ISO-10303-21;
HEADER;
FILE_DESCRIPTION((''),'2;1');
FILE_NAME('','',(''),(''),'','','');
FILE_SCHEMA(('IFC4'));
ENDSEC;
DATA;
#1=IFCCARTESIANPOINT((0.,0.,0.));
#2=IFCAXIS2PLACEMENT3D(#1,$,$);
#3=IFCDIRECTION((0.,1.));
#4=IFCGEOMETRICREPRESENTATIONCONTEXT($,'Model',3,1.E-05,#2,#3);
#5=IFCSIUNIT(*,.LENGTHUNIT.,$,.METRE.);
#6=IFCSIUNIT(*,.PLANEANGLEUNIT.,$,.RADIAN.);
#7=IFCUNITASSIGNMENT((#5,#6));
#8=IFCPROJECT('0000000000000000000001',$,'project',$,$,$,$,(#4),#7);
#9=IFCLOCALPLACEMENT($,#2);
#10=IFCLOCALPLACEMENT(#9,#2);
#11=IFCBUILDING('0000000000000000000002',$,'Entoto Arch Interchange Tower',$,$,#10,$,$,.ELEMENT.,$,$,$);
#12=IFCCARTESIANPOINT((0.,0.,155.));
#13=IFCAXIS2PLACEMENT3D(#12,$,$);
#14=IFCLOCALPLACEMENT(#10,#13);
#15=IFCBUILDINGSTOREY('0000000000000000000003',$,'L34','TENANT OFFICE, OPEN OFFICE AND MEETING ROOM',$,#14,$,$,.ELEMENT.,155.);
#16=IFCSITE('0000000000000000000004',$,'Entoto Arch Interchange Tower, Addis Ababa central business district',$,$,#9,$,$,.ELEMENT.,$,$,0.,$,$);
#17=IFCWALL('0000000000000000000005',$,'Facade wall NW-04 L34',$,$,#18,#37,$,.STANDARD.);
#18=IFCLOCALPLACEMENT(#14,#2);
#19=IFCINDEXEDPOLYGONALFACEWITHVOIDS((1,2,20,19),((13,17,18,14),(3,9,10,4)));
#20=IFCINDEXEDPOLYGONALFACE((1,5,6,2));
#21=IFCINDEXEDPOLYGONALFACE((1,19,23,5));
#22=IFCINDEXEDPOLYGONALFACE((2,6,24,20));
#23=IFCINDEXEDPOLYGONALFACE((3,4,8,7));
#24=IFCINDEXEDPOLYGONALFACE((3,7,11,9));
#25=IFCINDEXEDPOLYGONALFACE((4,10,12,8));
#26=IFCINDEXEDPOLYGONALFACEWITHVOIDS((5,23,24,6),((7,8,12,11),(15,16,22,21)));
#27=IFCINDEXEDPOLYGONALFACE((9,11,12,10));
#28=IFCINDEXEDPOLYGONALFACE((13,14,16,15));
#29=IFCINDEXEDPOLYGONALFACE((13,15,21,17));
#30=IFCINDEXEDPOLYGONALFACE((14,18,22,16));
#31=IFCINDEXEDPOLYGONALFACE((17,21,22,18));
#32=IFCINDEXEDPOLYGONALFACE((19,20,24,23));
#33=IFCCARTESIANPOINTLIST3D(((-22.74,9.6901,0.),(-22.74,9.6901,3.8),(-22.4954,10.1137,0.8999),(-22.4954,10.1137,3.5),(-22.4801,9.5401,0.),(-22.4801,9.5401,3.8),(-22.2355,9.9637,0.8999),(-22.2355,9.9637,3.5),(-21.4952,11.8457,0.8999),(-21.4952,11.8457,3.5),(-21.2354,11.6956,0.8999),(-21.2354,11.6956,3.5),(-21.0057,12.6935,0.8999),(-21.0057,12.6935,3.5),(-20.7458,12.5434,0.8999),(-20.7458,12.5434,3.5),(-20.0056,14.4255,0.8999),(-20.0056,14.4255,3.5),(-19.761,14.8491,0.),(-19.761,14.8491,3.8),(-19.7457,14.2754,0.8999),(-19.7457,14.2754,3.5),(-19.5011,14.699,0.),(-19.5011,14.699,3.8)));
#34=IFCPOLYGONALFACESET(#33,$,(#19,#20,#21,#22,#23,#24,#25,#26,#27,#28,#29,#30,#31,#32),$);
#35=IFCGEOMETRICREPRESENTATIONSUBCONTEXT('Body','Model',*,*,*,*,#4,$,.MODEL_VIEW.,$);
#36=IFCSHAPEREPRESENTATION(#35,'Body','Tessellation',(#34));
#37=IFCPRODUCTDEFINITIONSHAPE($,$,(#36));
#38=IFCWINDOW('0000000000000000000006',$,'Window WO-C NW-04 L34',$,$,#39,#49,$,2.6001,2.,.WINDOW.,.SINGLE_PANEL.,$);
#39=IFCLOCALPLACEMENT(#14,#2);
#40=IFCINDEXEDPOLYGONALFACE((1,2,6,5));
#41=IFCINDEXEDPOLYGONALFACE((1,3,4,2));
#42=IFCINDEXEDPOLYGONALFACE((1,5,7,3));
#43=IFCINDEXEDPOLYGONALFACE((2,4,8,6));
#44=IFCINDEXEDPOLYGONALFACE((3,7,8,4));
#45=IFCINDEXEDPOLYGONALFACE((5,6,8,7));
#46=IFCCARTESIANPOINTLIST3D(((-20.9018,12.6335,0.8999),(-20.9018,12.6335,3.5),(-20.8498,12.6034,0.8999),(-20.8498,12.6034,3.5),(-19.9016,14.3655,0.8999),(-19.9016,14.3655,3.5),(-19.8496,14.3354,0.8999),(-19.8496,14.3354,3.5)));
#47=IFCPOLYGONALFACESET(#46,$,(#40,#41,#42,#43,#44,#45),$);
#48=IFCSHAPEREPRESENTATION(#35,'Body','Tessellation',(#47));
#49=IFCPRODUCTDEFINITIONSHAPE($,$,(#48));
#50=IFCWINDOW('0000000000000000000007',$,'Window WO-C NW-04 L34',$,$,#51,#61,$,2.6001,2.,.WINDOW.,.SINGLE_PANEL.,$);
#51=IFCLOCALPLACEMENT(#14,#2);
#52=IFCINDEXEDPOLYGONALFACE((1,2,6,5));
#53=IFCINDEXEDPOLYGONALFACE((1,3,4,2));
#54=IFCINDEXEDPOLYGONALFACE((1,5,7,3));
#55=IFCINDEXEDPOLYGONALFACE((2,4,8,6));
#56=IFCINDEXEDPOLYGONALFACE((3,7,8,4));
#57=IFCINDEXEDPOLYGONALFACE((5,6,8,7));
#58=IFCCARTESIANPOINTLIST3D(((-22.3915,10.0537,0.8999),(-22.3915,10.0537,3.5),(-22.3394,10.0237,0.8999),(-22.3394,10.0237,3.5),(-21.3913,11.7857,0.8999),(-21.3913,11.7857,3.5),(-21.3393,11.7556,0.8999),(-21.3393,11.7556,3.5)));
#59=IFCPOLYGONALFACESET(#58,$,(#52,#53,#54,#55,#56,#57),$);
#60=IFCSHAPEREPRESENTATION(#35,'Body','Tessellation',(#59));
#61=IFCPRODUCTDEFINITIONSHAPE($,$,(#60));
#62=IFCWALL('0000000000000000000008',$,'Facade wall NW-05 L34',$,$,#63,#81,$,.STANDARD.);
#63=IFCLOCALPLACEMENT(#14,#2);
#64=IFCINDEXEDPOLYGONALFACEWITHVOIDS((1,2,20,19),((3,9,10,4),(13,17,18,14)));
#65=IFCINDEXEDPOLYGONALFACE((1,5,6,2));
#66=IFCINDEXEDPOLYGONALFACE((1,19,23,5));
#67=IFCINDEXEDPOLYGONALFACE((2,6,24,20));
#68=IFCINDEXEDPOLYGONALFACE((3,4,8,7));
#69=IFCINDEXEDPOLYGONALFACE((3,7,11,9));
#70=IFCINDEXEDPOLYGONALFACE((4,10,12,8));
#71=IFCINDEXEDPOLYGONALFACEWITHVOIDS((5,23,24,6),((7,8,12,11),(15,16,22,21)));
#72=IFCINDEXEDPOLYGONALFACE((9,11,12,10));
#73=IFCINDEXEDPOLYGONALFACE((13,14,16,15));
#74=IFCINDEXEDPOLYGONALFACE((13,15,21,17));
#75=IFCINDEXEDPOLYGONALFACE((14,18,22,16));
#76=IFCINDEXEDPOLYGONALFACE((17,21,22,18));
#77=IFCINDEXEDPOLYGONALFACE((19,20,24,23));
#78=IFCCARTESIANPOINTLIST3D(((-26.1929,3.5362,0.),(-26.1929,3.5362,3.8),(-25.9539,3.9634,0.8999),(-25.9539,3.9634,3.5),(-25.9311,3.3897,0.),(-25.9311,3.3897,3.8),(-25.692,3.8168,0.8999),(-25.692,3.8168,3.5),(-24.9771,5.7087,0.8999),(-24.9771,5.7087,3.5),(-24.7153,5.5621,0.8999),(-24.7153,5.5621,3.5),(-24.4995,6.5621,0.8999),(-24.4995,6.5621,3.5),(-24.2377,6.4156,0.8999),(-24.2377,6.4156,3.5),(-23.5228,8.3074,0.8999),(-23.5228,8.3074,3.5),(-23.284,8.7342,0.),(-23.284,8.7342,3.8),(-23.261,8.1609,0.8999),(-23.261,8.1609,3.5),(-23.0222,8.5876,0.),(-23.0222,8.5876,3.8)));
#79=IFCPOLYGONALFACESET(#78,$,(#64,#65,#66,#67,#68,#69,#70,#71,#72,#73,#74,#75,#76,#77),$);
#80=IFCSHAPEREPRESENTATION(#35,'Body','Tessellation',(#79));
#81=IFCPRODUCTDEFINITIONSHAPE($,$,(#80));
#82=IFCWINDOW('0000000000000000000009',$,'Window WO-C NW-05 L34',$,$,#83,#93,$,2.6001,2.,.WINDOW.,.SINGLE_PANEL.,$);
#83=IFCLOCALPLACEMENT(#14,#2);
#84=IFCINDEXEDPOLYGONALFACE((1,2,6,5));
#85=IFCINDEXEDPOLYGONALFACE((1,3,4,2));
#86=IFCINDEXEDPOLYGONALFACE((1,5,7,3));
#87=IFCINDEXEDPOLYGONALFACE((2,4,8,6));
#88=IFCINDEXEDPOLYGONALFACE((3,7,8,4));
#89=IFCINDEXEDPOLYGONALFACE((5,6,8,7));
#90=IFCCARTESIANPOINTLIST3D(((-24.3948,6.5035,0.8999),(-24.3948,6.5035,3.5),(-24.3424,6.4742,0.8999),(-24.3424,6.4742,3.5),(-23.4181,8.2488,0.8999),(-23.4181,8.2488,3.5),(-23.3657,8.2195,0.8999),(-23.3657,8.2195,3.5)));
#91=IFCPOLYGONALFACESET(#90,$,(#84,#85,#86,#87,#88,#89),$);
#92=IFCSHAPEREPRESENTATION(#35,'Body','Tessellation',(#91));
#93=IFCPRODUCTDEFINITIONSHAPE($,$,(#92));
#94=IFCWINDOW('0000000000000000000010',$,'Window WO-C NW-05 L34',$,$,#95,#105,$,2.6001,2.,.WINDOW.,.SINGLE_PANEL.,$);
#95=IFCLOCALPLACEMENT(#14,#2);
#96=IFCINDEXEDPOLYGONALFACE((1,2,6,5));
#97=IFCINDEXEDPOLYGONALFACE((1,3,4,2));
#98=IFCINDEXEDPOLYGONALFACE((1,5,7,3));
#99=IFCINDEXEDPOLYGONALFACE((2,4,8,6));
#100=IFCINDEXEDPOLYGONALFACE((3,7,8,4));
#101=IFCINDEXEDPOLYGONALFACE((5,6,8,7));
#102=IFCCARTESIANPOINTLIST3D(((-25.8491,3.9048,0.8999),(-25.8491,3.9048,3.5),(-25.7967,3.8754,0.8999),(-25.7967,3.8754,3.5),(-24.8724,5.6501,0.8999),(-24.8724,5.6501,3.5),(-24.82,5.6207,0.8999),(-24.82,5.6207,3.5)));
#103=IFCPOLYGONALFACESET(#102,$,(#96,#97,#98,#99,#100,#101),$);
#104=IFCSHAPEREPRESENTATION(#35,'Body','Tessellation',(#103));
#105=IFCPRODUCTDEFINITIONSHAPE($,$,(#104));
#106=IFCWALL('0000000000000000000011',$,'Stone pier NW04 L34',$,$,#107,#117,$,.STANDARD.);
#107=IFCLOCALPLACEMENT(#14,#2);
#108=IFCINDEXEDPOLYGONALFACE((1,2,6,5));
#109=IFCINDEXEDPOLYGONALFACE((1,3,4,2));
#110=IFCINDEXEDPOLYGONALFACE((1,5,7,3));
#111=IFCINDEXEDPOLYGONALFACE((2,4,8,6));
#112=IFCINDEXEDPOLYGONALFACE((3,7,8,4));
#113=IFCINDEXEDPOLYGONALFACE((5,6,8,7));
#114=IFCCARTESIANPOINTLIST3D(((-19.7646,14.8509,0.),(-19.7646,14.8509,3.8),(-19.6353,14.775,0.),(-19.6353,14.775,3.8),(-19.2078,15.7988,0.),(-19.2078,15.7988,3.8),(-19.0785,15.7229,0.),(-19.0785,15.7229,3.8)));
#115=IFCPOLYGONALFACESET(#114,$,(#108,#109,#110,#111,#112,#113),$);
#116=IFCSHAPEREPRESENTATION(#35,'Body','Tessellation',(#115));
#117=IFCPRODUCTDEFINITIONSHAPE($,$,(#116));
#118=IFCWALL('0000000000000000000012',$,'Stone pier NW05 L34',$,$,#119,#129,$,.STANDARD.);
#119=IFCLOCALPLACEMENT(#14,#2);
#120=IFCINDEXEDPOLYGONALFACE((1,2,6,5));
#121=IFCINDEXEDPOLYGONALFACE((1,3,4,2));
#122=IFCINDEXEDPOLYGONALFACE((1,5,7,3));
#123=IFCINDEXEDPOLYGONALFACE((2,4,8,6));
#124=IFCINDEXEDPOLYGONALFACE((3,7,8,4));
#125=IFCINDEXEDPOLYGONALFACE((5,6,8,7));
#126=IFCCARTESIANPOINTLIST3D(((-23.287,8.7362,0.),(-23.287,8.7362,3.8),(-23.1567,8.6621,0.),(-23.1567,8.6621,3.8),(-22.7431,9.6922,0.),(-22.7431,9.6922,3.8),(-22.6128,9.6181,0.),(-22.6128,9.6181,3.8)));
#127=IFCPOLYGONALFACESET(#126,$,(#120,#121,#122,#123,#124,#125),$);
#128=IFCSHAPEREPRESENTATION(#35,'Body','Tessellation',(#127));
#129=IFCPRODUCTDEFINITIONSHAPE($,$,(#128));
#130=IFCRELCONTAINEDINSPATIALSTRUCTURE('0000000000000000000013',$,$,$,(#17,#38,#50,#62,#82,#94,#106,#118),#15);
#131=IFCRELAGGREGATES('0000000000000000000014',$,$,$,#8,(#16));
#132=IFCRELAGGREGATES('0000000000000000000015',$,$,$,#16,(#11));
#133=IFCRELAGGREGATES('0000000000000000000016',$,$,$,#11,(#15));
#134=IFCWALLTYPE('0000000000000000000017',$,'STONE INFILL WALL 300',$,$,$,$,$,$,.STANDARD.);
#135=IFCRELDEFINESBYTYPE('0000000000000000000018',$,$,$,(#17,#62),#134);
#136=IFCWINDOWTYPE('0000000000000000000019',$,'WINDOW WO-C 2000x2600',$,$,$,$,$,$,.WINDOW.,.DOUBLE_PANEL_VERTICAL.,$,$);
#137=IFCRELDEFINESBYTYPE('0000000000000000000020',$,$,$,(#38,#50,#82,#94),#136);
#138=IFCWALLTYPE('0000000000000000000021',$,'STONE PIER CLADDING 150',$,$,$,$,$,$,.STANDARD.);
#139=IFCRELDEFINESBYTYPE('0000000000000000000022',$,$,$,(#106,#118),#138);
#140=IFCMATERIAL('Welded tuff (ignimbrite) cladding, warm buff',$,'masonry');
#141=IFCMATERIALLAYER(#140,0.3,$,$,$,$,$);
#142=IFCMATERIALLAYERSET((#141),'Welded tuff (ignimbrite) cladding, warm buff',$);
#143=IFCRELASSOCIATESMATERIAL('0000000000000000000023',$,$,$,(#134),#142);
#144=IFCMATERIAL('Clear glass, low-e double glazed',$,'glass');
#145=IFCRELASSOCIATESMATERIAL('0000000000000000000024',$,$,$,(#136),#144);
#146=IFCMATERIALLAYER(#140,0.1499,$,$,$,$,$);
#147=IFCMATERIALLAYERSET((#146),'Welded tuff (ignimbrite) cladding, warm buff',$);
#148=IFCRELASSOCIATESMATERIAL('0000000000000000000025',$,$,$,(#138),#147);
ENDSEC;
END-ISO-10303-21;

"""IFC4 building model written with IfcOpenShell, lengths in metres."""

from ifc_helpers import new_model, si_unit, direction, frame, frame_2d, origin, place, context, subcontext, project, spatial, rectangle, extrude, material, layer, layer_set, type_object, element, fill, save


model = new_model("IFC4")

# Units and contexts
model_context = context("Model", 3, precision=1e-05, world=origin(), true_north=direction((0.0, 1.0)))
body_context = subcontext(model_context, "Body", "Model", "MODEL_VIEW")
ifc_project = project(units=[si_unit("LENGTHUNIT", "METRE"), si_unit("PLANEANGLEUNIT", "RADIAN")], contexts=[model_context])

# Site, building, storey
site_placement = place(None, origin())
site = spatial("IfcSite", under=ifc_project, at=site_placement, Name="Entoto Arch Interchange Tower, Addis Ababa central business district", CompositionType="ELEMENT", RefElevation=0.0)
building_placement = place(site_placement, origin())
building = spatial("IfcBuilding", under=site, at=building_placement, Name="Entoto Arch Interchange Tower", CompositionType="ELEMENT")
storey_placement = place(building_placement, frame((0.0, 0.0, 155.0)))
storey = spatial("IfcBuildingStorey", under=building, at=storey_placement, Name="L34", Description="TENANT OFFICE, OPEN OFFICE AND MEETING ROOM", CompositionType="ELEMENT", Elevation=155.0)

# Walls, openings, windows
ifc_material_1 = material(Name="Welded tuff (ignimbrite) cladding, warm buff", Category="masonry")
ifc_layer_1 = layer(ifc_material_1, 0.3)
ifc_layer_set_1 = layer_set([ifc_layer_1], Name="Welded tuff (ignimbrite) cladding, warm buff")
wall_type_1 = type_object("IfcWallType", Name="STONE INFILL WALL 300", PredefinedType="STANDARD", material=ifc_layer_set_1)
ifc_material_2 = material(Name="Clear glass, low-e double glazed", Category="glass")
window_type = type_object("IfcWindowType", Name="WINDOW WO-C 2000x2600", PartitioningType="DOUBLE_PANEL_VERTICAL", PredefinedType="WINDOW", material=ifc_material_2)
wall_1_placement = place(storey_placement, frame((-19.6311, 14.7739, 0.0), z_axis=(0.0, 0.0, 1.0), x_axis=(-0.500062, -0.86599, 0.0)))
wall_1 = element("IfcWall", 1, at=wall_1_placement, inside=storey, type_object=wall_type_1, Name="Facade wall NW-04 L34", PredefinedType="STANDARD", context=body_context, shape_type="SweptSolid", body=[
    extrude(rectangle(XDim=5.9573, YDim=0.3, at=frame_2d((2.9785, 0.0))), origin(), (0.0, 0.0, 1.0), 3.8),
])
opening_1_placement = place(wall_1_placement, frame((0.489, 0.0, 0.8999)))
opening_1 = element("IfcOpeningElement", 2, at=opening_1_placement, cuts=wall_1, PredefinedType="OPENING", context=body_context, shape_type="SweptSolid", body=[
    extrude(rectangle(XDim=2.0, YDim=2.6001, at=frame_2d((1.0, 1.3))), frame((0.0, 0.1602, 0.0), z_axis=(0.0, -1.0, 0.0), x_axis=(1.0, 0.0, 0.0)), (0.0, 0.0, 1.0), 0.3201),
])
opening_2_placement = place(wall_1_placement, frame((3.468, 0.0, 0.8999)))
opening_2 = element("IfcOpeningElement", 3, at=opening_2_placement, cuts=wall_1, PredefinedType="OPENING", context=body_context, shape_type="SweptSolid", body=[
    extrude(rectangle(XDim=2.0, YDim=2.6001, at=frame_2d((1.0, 1.3))), frame((0.0, 0.1602, 0.0), z_axis=(0.0, -1.0, 0.0), x_axis=(1.0, 0.0, 0.0)), (0.0, 0.0, 1.0), 0.3201),
])
window_1_placement = place(opening_1_placement, origin())
window_1 = element("IfcWindow", 4, at=window_1_placement, inside=storey, type_object=window_type, Name="Window WO-C NW-04 L34", OverallHeight=2.6001, OverallWidth=2.0, PartitioningType="SINGLE_PANEL", PredefinedType="WINDOW", context=body_context, shape_type="SweptSolid", body=[
    extrude(rectangle(XDim=2.0, YDim=2.6001, at=frame_2d((1.0, 1.3))), frame((0.0, 0.03, 0.0), z_axis=(0.0, -1.0, 0.0), x_axis=(1.0, 0.0, 0.0)), (0.0, 0.0, 1.0), 0.0601),
])
fill(opening_1, window_1)
window_2_placement = place(opening_2_placement, origin())
window_2 = element("IfcWindow", 5, at=window_2_placement, inside=storey, type_object=window_type, Name="Window WO-C NW-04 L34", OverallHeight=2.6001, OverallWidth=2.0, PartitioningType="SINGLE_PANEL", PredefinedType="WINDOW", context=body_context, shape_type="SweptSolid", body=[
    extrude(rectangle(XDim=2.0, YDim=2.6001, at=frame_2d((1.0, 1.3))), frame((0.0, 0.03, 0.0), z_axis=(0.0, -1.0, 0.0), x_axis=(1.0, 0.0, 0.0)), (0.0, 0.0, 1.0), 0.0601),
])
fill(opening_2, window_2)
wall_2_placement = place(storey_placement, frame((-23.1531, 8.6609, 0.0), z_axis=(0.0, 0.0, 1.0), x_axis=(-0.488355, -0.872645, 0.0)))
wall_2 = element("IfcWall", 6, at=wall_2_placement, inside=storey, type_object=wall_type_1, Name="Facade wall NW-05 L34", PredefinedType="STANDARD", context=body_context, shape_type="SweptSolid", body=[
    extrude(rectangle(XDim=5.9565, YDim=0.3, at=frame_2d((2.9783, 0.0))), origin(), (0.0, 0.0, 1.0), 3.8),
])
opening_3_placement = place(wall_2_placement, frame((0.489, 0.0, 0.8999)))
opening_3 = element("IfcOpeningElement", 7, at=opening_3_placement, cuts=wall_2, PredefinedType="OPENING", context=body_context, shape_type="SweptSolid", body=[
    extrude(rectangle(XDim=2.0, YDim=2.6001, at=frame_2d((1.0, 1.3))), frame((0.0, 0.1602, 0.0), z_axis=(0.0, -1.0, 0.0), x_axis=(1.0, 0.0, 0.0)), (0.0, 0.0, 1.0), 0.3201),
])
opening_4_placement = place(wall_2_placement, frame((3.467, 0.0, 0.8999)))
opening_4 = element("IfcOpeningElement", 8, at=opening_4_placement, cuts=wall_2, PredefinedType="OPENING", context=body_context, shape_type="SweptSolid", body=[
    extrude(rectangle(XDim=2.0, YDim=2.6001, at=frame_2d((1.0, 1.3))), frame((0.0, 0.1602, 0.0), z_axis=(0.0, -1.0, 0.0), x_axis=(1.0, 0.0, 0.0)), (0.0, 0.0, 1.0), 0.3201),
])
window_3_placement = place(opening_3_placement, origin())
window_3 = element("IfcWindow", 9, at=window_3_placement, inside=storey, type_object=window_type, Name="Window WO-C NW-05 L34", OverallHeight=2.6001, OverallWidth=2.0, PartitioningType="SINGLE_PANEL", PredefinedType="WINDOW", context=body_context, shape_type="SweptSolid", body=[
    extrude(rectangle(XDim=2.0, YDim=2.6001, at=frame_2d((1.0, 1.3))), frame((0.0, 0.03, 0.0), z_axis=(0.0, -1.0, 0.0), x_axis=(1.0, 0.0, 0.0)), (0.0, 0.0, 1.0), 0.0601),
])
fill(opening_3, window_3)
window_4_placement = place(opening_4_placement, origin())
window_4 = element("IfcWindow", 10, at=window_4_placement, inside=storey, type_object=window_type, Name="Window WO-C NW-05 L34", OverallHeight=2.6001, OverallWidth=2.0, PartitioningType="SINGLE_PANEL", PredefinedType="WINDOW", context=body_context, shape_type="SweptSolid", body=[
    extrude(rectangle(XDim=2.0, YDim=2.6001, at=frame_2d((1.0, 1.3))), frame((0.0, 0.03, 0.0), z_axis=(0.0, -1.0, 0.0), x_axis=(1.0, 0.0, 0.0)), (0.0, 0.0, 1.0), 0.0601),
])
fill(opening_4, window_4)

# Walls
ifc_layer_2 = layer(ifc_material_1, 0.1499)
ifc_layer_set_2 = layer_set([ifc_layer_2], Name="Welded tuff (ignimbrite) cladding, warm buff")
wall_type_2 = type_object("IfcWallType", Name="STONE PIER CLADDING 150", PredefinedType="STANDARD", material=ifc_layer_set_2)
wall_3_placement = place(storey_placement, frame((-19.1431, 15.761, 0.0), z_axis=(0.0, 0.0, 1.0), x_axis=(-0.506506, -0.862237, 0.0)))
element("IfcWall", 11, at=wall_3_placement, inside=storey, type_object=wall_type_2, Name="Stone pier NW04 L34", PredefinedType="STANDARD", context=body_context, shape_type="SweptSolid", body=[
    extrude(rectangle(XDim=1.0994, YDim=0.1499, at=frame_2d((0.5498, 0.0))), origin(), (0.0, 0.0, 1.0), 3.8),
])
wall_4_placement = place(storey_placement, frame((-22.678, 9.655, 0.0), z_axis=(0.0, 0.0, 1.0), x_axis=(-0.494513, -0.86917, 0.0)))
element("IfcWall", 12, at=wall_4_placement, inside=storey, type_object=wall_type_2, Name="Stone pier NW05 L34", PredefinedType="STANDARD", context=body_context, shape_type="SweptSolid", body=[
    extrude(rectangle(XDim=1.0999, YDim=0.1499, at=frame_2d((0.5498, 0.0))), origin(), (0.0, 0.0, 1.0), 3.8),
])

save(model, "model.ifc")
